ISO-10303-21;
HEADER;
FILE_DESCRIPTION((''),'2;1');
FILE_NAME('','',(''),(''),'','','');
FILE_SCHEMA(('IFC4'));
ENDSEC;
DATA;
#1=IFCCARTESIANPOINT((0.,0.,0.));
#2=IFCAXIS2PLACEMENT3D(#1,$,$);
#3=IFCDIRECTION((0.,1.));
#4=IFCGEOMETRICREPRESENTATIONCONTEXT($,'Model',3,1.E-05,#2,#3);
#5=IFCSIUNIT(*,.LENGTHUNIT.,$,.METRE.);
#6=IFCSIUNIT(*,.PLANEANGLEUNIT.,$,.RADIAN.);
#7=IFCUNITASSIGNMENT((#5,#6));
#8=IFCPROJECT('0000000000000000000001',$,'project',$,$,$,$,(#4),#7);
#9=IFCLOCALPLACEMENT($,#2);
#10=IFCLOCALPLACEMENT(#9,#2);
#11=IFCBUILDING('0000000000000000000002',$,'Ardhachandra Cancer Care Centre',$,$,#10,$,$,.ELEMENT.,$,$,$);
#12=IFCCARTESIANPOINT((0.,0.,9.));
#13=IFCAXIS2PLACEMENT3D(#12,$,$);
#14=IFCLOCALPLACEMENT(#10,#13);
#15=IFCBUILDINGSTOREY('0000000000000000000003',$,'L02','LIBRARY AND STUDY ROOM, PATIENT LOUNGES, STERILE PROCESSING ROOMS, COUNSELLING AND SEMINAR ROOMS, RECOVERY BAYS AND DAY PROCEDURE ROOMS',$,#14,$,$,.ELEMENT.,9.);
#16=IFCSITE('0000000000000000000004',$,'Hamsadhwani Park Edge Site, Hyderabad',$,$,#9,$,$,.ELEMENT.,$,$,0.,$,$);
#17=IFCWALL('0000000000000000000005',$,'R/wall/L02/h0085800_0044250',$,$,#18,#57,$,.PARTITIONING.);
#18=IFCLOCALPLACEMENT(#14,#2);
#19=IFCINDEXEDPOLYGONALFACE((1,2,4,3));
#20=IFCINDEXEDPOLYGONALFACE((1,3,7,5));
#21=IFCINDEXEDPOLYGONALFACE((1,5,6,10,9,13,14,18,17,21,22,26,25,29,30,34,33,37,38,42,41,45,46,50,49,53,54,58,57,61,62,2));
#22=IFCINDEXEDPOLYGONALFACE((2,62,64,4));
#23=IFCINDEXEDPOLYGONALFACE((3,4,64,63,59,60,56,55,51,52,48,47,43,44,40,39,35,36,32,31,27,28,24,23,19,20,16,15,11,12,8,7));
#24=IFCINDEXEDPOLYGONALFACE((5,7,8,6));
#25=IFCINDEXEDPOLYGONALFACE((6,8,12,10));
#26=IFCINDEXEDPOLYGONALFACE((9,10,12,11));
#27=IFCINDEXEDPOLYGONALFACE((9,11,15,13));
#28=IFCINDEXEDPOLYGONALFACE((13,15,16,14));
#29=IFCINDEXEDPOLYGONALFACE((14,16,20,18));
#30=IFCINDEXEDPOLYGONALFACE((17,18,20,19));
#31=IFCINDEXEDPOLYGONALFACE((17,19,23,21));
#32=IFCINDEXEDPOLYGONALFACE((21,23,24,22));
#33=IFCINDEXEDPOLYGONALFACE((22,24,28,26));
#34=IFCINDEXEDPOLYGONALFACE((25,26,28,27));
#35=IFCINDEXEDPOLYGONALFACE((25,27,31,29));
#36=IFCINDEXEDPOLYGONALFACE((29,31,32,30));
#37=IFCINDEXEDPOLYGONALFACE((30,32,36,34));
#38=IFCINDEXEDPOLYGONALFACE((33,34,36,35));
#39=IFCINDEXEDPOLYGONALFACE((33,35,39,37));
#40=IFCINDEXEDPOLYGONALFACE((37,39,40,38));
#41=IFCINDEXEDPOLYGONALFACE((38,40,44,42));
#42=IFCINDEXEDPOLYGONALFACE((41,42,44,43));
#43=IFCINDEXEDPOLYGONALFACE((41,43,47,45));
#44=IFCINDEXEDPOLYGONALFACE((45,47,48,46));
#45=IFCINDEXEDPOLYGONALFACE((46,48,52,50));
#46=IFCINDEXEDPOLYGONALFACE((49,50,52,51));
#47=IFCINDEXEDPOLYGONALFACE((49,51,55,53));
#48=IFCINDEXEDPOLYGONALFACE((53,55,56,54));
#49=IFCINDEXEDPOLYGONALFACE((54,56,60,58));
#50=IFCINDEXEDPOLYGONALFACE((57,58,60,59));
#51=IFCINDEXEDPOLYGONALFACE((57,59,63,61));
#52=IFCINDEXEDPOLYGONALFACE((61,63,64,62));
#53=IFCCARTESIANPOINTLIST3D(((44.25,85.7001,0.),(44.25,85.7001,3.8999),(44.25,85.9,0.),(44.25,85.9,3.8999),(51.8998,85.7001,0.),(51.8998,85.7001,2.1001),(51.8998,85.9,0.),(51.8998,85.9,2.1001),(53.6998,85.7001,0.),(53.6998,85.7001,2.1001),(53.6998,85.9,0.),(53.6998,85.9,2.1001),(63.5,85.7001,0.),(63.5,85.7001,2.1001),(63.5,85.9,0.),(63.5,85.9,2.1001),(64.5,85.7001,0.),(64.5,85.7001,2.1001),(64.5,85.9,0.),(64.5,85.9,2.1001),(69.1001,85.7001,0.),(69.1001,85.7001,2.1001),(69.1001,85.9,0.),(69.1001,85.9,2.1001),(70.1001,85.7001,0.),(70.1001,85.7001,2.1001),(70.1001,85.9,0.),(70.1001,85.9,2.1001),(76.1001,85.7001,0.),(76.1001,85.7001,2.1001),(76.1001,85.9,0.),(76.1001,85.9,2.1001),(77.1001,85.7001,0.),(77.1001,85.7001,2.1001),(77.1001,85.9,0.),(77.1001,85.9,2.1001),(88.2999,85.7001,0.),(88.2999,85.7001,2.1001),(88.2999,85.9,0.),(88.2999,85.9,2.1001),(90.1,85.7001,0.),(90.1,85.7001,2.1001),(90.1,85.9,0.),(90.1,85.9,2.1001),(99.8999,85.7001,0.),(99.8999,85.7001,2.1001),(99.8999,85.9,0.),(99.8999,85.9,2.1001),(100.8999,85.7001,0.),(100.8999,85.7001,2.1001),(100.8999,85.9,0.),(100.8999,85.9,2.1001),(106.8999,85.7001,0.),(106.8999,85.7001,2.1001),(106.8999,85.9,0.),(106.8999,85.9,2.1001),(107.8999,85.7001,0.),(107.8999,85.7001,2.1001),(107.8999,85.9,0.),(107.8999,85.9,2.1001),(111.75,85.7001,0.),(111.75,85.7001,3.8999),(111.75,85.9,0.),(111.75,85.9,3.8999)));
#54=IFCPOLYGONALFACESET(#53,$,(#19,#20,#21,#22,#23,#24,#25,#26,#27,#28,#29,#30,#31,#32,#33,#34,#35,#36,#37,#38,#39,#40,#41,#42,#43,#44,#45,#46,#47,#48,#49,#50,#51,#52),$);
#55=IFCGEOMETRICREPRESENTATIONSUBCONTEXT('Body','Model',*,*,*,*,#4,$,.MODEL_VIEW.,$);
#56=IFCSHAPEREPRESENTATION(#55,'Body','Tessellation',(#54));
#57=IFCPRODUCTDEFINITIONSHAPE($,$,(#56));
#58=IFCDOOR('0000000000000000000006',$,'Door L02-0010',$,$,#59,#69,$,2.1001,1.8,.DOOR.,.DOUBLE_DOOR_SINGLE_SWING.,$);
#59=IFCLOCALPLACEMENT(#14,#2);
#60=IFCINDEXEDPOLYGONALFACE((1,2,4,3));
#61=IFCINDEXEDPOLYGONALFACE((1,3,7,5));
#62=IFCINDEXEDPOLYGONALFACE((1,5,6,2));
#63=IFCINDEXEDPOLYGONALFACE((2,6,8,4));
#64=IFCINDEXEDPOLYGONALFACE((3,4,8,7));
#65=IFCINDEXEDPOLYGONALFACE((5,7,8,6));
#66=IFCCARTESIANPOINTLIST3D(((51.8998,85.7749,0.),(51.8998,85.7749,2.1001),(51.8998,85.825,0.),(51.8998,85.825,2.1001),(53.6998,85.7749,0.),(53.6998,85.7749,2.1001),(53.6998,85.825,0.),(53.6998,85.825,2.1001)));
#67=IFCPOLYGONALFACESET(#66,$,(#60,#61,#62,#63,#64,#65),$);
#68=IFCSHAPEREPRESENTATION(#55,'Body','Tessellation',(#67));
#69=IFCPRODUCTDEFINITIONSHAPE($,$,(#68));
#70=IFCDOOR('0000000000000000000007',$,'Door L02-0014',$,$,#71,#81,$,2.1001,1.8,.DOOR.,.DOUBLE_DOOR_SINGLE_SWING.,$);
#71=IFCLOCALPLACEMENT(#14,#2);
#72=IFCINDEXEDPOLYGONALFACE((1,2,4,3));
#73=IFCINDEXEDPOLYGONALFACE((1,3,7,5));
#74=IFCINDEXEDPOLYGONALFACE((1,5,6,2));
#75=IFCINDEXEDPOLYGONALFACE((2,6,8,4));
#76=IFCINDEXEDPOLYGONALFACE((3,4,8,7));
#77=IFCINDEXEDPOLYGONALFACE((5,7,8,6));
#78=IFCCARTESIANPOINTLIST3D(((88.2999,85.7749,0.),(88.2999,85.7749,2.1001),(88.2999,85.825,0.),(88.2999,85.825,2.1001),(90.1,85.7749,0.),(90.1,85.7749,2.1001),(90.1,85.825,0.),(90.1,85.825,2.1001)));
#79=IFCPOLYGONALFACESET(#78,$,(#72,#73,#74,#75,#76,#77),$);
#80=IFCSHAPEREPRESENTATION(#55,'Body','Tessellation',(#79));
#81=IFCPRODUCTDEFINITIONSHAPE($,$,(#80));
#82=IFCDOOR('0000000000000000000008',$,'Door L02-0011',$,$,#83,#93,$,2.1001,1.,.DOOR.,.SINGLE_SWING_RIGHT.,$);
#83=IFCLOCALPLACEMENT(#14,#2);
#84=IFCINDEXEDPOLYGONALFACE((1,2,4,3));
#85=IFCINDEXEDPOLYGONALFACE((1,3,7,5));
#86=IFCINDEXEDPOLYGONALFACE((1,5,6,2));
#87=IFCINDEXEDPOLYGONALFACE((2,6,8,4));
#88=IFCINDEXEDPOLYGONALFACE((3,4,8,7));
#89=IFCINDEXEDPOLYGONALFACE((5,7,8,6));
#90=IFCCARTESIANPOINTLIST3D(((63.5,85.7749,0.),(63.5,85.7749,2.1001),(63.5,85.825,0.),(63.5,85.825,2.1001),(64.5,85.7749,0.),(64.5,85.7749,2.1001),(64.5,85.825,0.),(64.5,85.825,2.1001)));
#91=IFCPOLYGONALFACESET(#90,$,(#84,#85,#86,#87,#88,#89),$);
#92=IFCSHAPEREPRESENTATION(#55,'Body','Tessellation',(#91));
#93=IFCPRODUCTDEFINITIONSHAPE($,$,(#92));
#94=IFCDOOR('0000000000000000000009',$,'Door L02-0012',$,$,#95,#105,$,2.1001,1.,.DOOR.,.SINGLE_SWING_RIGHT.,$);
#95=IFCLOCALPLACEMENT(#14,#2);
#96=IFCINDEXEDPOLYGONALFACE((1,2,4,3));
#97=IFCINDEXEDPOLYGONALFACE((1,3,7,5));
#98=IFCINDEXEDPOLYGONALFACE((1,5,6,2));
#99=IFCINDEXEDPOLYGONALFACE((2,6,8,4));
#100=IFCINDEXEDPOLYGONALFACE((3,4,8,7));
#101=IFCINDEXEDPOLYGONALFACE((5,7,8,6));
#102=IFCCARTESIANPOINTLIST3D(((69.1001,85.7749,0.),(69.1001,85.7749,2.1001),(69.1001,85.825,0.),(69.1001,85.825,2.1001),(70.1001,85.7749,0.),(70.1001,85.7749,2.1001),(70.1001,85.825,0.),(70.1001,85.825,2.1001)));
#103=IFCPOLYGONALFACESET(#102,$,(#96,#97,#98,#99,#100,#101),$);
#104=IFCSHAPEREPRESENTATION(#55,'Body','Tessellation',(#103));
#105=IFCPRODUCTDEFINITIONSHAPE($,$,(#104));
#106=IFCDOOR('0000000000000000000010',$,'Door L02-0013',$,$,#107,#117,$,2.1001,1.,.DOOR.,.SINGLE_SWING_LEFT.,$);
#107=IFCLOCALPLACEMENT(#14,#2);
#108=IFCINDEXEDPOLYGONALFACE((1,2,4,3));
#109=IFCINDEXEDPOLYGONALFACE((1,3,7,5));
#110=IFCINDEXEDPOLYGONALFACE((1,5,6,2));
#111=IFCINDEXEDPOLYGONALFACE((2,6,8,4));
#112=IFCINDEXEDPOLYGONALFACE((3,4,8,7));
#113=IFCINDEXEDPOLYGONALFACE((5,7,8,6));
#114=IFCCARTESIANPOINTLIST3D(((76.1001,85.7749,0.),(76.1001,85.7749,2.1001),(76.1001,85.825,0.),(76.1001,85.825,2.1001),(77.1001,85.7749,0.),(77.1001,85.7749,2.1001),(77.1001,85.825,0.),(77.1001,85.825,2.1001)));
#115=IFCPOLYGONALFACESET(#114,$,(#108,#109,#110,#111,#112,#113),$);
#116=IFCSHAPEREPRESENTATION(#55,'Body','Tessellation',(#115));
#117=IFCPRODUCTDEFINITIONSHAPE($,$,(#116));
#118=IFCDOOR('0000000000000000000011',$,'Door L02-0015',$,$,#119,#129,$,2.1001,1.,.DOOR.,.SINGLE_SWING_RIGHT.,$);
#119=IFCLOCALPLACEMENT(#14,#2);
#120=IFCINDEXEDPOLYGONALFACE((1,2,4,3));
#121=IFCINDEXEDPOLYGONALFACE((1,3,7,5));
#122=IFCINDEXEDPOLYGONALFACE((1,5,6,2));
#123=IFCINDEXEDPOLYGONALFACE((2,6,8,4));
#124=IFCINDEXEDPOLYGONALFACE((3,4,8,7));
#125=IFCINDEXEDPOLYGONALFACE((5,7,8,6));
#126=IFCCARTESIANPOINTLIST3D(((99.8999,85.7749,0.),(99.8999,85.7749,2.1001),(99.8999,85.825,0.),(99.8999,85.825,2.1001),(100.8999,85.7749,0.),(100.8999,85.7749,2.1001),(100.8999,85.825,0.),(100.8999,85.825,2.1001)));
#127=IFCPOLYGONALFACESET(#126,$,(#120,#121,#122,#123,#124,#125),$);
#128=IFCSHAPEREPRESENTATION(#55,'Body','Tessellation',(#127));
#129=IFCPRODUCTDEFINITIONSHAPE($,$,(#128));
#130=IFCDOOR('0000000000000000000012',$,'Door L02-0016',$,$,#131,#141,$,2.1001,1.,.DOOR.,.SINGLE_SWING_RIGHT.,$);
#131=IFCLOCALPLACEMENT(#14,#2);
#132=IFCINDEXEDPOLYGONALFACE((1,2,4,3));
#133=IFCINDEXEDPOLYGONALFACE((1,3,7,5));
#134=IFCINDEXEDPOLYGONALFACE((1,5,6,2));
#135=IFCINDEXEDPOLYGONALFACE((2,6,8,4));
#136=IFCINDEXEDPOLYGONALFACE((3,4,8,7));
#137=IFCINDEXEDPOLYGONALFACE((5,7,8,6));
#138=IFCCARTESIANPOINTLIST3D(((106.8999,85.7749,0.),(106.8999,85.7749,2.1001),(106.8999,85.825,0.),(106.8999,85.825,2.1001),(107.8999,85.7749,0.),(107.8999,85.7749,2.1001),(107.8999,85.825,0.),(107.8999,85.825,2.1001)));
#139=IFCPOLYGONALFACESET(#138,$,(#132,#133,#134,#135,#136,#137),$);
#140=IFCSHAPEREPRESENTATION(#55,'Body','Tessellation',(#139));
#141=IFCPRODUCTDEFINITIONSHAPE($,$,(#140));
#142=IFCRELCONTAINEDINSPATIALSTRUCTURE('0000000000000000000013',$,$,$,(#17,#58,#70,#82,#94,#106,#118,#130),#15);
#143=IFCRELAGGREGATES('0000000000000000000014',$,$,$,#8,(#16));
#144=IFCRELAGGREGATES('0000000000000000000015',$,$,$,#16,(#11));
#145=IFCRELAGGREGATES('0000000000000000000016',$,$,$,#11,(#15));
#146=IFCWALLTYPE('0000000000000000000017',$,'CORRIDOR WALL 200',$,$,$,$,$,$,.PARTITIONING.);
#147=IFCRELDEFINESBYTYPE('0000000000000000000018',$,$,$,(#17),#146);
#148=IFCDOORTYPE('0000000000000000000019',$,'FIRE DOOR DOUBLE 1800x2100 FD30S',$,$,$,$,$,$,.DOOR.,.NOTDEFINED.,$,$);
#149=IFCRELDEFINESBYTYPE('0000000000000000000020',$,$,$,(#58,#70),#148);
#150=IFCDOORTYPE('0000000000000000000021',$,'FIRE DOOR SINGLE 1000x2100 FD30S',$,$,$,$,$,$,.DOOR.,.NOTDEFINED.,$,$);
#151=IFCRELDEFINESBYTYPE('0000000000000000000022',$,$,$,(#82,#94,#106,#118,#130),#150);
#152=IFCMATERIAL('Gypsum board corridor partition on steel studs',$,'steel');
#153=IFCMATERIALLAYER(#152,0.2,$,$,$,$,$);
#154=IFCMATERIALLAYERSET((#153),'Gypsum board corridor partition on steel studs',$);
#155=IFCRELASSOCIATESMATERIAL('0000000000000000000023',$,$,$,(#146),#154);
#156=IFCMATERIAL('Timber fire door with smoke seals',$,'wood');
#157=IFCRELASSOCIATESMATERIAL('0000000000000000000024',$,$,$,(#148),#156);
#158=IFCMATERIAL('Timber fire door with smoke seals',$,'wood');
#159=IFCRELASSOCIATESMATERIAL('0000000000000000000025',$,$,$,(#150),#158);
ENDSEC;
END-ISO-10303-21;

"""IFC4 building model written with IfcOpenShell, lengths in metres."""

from ifc_helpers import new_model, si_unit, direction, frame, frame_2d, origin, place, context, subcontext, project, spatial, rectangle, extrude, material, layer, layer_set, type_object, element, fill, save


model = new_model("IFC4")

# Units and contexts
model_context = context("Model", 3, precision=1e-05, world=origin(), true_north=direction((0.0, 1.0)))
body_context = subcontext(model_context, "Body", "Model", "MODEL_VIEW")
ifc_project = project(units=[si_unit("LENGTHUNIT", "METRE"), si_unit("PLANEANGLEUNIT", "RADIAN")], contexts=[model_context])

# Site, building, storey
site_placement = place(None, origin())
site = spatial("IfcSite", under=ifc_project, at=site_placement, Name="Hamsadhwani Park Edge Site, Hyderabad", CompositionType="ELEMENT", RefElevation=0.0)
building_placement = place(site_placement, origin())
building = spatial("IfcBuilding", under=site, at=building_placement, Name="Ardhachandra Cancer Care Centre", CompositionType="ELEMENT")
storey_placement = place(building_placement, frame((0.0, 0.0, 9.0)))
storey = spatial("IfcBuildingStorey", under=building, at=storey_placement, Name="L02", Description="LIBRARY AND STUDY ROOM, PATIENT LOUNGES, STERILE PROCESSING ROOMS, COUNSELLING AND SEMINAR ROOMS, RECOVERY BAYS AND DAY PROCEDURE ROOMS", CompositionType="ELEMENT", Elevation=9.0)

# Wall, openings, doors
ifc_material_1 = material(Name="Gypsum board corridor partition on steel studs", Category="steel")
ifc_layer = layer(ifc_material_1, 0.2)
ifc_layer_set = layer_set([ifc_layer], Name="Gypsum board corridor partition on steel studs")
wall_type = type_object("IfcWallType", Name="CORRIDOR WALL 200", PredefinedType="PARTITIONING", material=ifc_layer_set)
wall_1_placement = place(storey_placement, frame((44.25, 85.8, 0.0), z_axis=(0.0, 0.0, 1.0), x_axis=(1.0, 0.0, 0.0)))
wall_1 = element("IfcWall", 1, at=wall_1_placement, inside=storey, type_object=wall_type, Name="R/wall/L02/h0085800_0044250", PredefinedType="PARTITIONING", context=body_context, shape_type="SweptSolid", body=[
    extrude(rectangle(XDim=67.5, YDim=0.2, at=frame_2d((33.75, 0.0))), origin(), (0.0, 0.0, 1.0), 3.8999),
])
opening_1_placement = place(wall_1_placement, frame((7.6499, 0.0, 0.0)))
opening_1 = element("IfcOpeningElement", 2, at=opening_1_placement, cuts=wall_1, PredefinedType="OPENING", context=body_context, shape_type="SweptSolid", body=[
    extrude(rectangle(XDim=1.8, YDim=2.1001, at=frame_2d((0.8999, 1.05))), frame((0.0, 0.1099, 0.0), z_axis=(0.0, -1.0, 0.0), x_axis=(1.0, 0.0, 0.0)), (0.0, 0.0, 1.0), 0.22),
])
opening_2_placement = place(wall_1_placement, frame((19.25, 0.0, 0.0)))
opening_2 = element("IfcOpeningElement", 3, at=opening_2_placement, cuts=wall_1, PredefinedType="OPENING", context=body_context, shape_type="SweptSolid", body=[
    extrude(rectangle(XDim=1.0, YDim=2.1001, at=frame_2d((0.5, 1.05))), frame((0.0, 0.1099, 0.0), z_axis=(0.0, -1.0, 0.0), x_axis=(1.0, 0.0, 0.0)), (0.0, 0.0, 1.0), 0.22),
])
opening_3_placement = place(wall_1_placement, frame((24.8501, 0.0, 0.0)))
opening_3 = element("IfcOpeningElement", 4, at=opening_3_placement, cuts=wall_1, PredefinedType="OPENING", context=body_context, shape_type="SweptSolid", body=[
    extrude(rectangle(XDim=1.0, YDim=2.1001, at=frame_2d((0.5, 1.05))), frame((0.0, 0.1099, 0.0), z_axis=(0.0, -1.0, 0.0), x_axis=(1.0, 0.0, 0.0)), (0.0, 0.0, 1.0), 0.22),
])
opening_4_placement = place(wall_1_placement, frame((31.8501, 0.0, 0.0)))
opening_4 = element("IfcOpeningElement", 5, at=opening_4_placement, cuts=wall_1, PredefinedType="OPENING", context=body_context, shape_type="SweptSolid", body=[
    extrude(rectangle(XDim=1.0, YDim=2.1001, at=frame_2d((0.5, 1.05))), frame((0.0, 0.1099, 0.0), z_axis=(0.0, -1.0, 0.0), x_axis=(1.0, 0.0, 0.0)), (0.0, 0.0, 1.0), 0.22),
])
opening_5_placement = place(wall_1_placement, frame((44.05, 0.0, 0.0)))
opening_5 = element("IfcOpeningElement", 6, at=opening_5_placement, cuts=wall_1, PredefinedType="OPENING", context=body_context, shape_type="SweptSolid", body=[
    extrude(rectangle(XDim=1.8, YDim=2.1001, at=frame_2d((0.8999, 1.05))), frame((0.0, 0.1099, 0.0), z_axis=(0.0, -1.0, 0.0), x_axis=(1.0, 0.0, 0.0)), (0.0, 0.0, 1.0), 0.22),
])
opening_6_placement = place(wall_1_placement, frame((55.6499, 0.0, 0.0)))
opening_6 = element("IfcOpeningElement", 7, at=opening_6_placement, cuts=wall_1, PredefinedType="OPENING", context=body_context, shape_type="SweptSolid", body=[
    extrude(rectangle(XDim=1.0, YDim=2.1001, at=frame_2d((0.5, 1.05))), frame((0.0, 0.1099, 0.0), z_axis=(0.0, -1.0, 0.0), x_axis=(1.0, 0.0, 0.0)), (0.0, 0.0, 1.0), 0.22),
])
opening_7_placement = place(wall_1_placement, frame((62.6499, 0.0, 0.0)))
opening_7 = element("IfcOpeningElement", 8, at=opening_7_placement, cuts=wall_1, PredefinedType="OPENING", context=body_context, shape_type="SweptSolid", body=[
    extrude(rectangle(XDim=1.0, YDim=2.1001, at=frame_2d((0.5, 1.05))), frame((0.0, 0.1099, 0.0), z_axis=(0.0, -1.0, 0.0), x_axis=(1.0, 0.0, 0.0)), (0.0, 0.0, 1.0), 0.22),
])
ifc_material_2 = material(Name="Timber fire door with smoke seals", Category="wood")
door_type_1 = type_object("IfcDoorType", Name="FIRE DOOR DOUBLE 1800x2100 FD30S", OperationType="NOTDEFINED", PredefinedType="DOOR", material=ifc_material_2)
door_1_placement = place(opening_1_placement, origin())
door_1 = element("IfcDoor", 9, at=door_1_placement, inside=storey, type_object=door_type_1, Name="Door L02-0010", OperationType="DOUBLE_DOOR_SINGLE_SWING", OverallHeight=2.1001, OverallWidth=1.8, PredefinedType="DOOR", context=body_context, shape_type="SweptSolid", body=[
    extrude(rectangle(XDim=1.8, YDim=2.1001, at=frame_2d((0.8999, 1.05))), frame((0.0, 0.0249, 0.0), z_axis=(0.0, -1.0, 0.0), x_axis=(1.0, 0.0, 0.0)), (0.0, 0.0, 1.0), 0.05),
])
fill(opening_1, door_1)
door_2_placement = place(opening_5_placement, origin())
door_2 = element("IfcDoor", 10, at=door_2_placement, inside=storey, type_object=door_type_1, Name="Door L02-0014", OperationType="DOUBLE_DOOR_SINGLE_SWING", OverallHeight=2.1001, OverallWidth=1.8, PredefinedType="DOOR", context=body_context, shape_type="SweptSolid", body=[
    extrude(rectangle(XDim=1.8, YDim=2.1001, at=frame_2d((0.8999, 1.05))), frame((0.0, 0.0249, 0.0), z_axis=(0.0, -1.0, 0.0), x_axis=(1.0, 0.0, 0.0)), (0.0, 0.0, 1.0), 0.05),
])
fill(opening_5, door_2)
ifc_material_3 = material(Name="Timber fire door with smoke seals", Category="wood")
door_type_2 = type_object("IfcDoorType", Name="FIRE DOOR SINGLE 1000x2100 FD30S", OperationType="NOTDEFINED", PredefinedType="DOOR", material=ifc_material_3)
door_3_placement = place(opening_2_placement, origin())
door_3 = element("IfcDoor", 11, at=door_3_placement, inside=storey, type_object=door_type_2, Name="Door L02-0011", OperationType="SINGLE_SWING_RIGHT", OverallHeight=2.1001, OverallWidth=1.0, PredefinedType="DOOR", context=body_context, shape_type="SweptSolid", body=[
    extrude(rectangle(XDim=1.0, YDim=2.1001, at=frame_2d((0.5, 1.05))), frame((0.0, 0.0249, 0.0), z_axis=(0.0, -1.0, 0.0), x_axis=(1.0, 0.0, 0.0)), (0.0, 0.0, 1.0), 0.05),
])
fill(opening_2, door_3)
door_4_placement = place(opening_3_placement, origin())
door_4 = element("IfcDoor", 12, at=door_4_placement, inside=storey, type_object=door_type_2, Name="Door L02-0012", OperationType="SINGLE_SWING_RIGHT", OverallHeight=2.1001, OverallWidth=1.0, PredefinedType="DOOR", context=body_context, shape_type="SweptSolid", body=[
    extrude(rectangle(XDim=1.0, YDim=2.1001, at=frame_2d((0.5, 1.05))), frame((0.0, 0.0249, 0.0), z_axis=(0.0, -1.0, 0.0), x_axis=(1.0, 0.0, 0.0)), (0.0, 0.0, 1.0), 0.05),
])
fill(opening_3, door_4)
door_5_placement = place(opening_4_placement, origin())
door_5 = element("IfcDoor", 13, at=door_5_placement, inside=storey, type_object=door_type_2, Name="Door L02-0013", OperationType="SINGLE_SWING_LEFT", OverallHeight=2.1001, OverallWidth=1.0, PredefinedType="DOOR", context=body_context, shape_type="SweptSolid", body=[
    extrude(rectangle(XDim=1.0, YDim=2.1001, at=frame_2d((0.5, 1.05))), frame((0.0, 0.0249, 0.0), z_axis=(0.0, -1.0, 0.0), x_axis=(1.0, 0.0, 0.0)), (0.0, 0.0, 1.0), 0.05),
])
fill(opening_4, door_5)
door_6_placement = place(opening_6_placement, origin())
door_6 = element("IfcDoor", 14, at=door_6_placement, inside=storey, type_object=door_type_2, Name="Door L02-0015", OperationType="SINGLE_SWING_RIGHT", OverallHeight=2.1001, OverallWidth=1.0, PredefinedType="DOOR", context=body_context, shape_type="SweptSolid", body=[
    extrude(rectangle(XDim=1.0, YDim=2.1001, at=frame_2d((0.5, 1.05))), frame((0.0, 0.0249, 0.0), z_axis=(0.0, -1.0, 0.0), x_axis=(1.0, 0.0, 0.0)), (0.0, 0.0, 1.0), 0.05),
])
fill(opening_6, door_6)
door_7_placement = place(opening_7_placement, origin())
door_7 = element("IfcDoor", 15, at=door_7_placement, inside=storey, type_object=door_type_2, Name="Door L02-0016", OperationType="SINGLE_SWING_RIGHT", OverallHeight=2.1001, OverallWidth=1.0, PredefinedType="DOOR", context=body_context, shape_type="SweptSolid", body=[
    extrude(rectangle(XDim=1.0, YDim=2.1001, at=frame_2d((0.5, 1.05))), frame((0.0, 0.0249, 0.0), z_axis=(0.0, -1.0, 0.0), x_axis=(1.0, 0.0, 0.0)), (0.0, 0.0, 1.0), 0.05),
])
fill(opening_7, door_7)

save(model, "model.ifc")
